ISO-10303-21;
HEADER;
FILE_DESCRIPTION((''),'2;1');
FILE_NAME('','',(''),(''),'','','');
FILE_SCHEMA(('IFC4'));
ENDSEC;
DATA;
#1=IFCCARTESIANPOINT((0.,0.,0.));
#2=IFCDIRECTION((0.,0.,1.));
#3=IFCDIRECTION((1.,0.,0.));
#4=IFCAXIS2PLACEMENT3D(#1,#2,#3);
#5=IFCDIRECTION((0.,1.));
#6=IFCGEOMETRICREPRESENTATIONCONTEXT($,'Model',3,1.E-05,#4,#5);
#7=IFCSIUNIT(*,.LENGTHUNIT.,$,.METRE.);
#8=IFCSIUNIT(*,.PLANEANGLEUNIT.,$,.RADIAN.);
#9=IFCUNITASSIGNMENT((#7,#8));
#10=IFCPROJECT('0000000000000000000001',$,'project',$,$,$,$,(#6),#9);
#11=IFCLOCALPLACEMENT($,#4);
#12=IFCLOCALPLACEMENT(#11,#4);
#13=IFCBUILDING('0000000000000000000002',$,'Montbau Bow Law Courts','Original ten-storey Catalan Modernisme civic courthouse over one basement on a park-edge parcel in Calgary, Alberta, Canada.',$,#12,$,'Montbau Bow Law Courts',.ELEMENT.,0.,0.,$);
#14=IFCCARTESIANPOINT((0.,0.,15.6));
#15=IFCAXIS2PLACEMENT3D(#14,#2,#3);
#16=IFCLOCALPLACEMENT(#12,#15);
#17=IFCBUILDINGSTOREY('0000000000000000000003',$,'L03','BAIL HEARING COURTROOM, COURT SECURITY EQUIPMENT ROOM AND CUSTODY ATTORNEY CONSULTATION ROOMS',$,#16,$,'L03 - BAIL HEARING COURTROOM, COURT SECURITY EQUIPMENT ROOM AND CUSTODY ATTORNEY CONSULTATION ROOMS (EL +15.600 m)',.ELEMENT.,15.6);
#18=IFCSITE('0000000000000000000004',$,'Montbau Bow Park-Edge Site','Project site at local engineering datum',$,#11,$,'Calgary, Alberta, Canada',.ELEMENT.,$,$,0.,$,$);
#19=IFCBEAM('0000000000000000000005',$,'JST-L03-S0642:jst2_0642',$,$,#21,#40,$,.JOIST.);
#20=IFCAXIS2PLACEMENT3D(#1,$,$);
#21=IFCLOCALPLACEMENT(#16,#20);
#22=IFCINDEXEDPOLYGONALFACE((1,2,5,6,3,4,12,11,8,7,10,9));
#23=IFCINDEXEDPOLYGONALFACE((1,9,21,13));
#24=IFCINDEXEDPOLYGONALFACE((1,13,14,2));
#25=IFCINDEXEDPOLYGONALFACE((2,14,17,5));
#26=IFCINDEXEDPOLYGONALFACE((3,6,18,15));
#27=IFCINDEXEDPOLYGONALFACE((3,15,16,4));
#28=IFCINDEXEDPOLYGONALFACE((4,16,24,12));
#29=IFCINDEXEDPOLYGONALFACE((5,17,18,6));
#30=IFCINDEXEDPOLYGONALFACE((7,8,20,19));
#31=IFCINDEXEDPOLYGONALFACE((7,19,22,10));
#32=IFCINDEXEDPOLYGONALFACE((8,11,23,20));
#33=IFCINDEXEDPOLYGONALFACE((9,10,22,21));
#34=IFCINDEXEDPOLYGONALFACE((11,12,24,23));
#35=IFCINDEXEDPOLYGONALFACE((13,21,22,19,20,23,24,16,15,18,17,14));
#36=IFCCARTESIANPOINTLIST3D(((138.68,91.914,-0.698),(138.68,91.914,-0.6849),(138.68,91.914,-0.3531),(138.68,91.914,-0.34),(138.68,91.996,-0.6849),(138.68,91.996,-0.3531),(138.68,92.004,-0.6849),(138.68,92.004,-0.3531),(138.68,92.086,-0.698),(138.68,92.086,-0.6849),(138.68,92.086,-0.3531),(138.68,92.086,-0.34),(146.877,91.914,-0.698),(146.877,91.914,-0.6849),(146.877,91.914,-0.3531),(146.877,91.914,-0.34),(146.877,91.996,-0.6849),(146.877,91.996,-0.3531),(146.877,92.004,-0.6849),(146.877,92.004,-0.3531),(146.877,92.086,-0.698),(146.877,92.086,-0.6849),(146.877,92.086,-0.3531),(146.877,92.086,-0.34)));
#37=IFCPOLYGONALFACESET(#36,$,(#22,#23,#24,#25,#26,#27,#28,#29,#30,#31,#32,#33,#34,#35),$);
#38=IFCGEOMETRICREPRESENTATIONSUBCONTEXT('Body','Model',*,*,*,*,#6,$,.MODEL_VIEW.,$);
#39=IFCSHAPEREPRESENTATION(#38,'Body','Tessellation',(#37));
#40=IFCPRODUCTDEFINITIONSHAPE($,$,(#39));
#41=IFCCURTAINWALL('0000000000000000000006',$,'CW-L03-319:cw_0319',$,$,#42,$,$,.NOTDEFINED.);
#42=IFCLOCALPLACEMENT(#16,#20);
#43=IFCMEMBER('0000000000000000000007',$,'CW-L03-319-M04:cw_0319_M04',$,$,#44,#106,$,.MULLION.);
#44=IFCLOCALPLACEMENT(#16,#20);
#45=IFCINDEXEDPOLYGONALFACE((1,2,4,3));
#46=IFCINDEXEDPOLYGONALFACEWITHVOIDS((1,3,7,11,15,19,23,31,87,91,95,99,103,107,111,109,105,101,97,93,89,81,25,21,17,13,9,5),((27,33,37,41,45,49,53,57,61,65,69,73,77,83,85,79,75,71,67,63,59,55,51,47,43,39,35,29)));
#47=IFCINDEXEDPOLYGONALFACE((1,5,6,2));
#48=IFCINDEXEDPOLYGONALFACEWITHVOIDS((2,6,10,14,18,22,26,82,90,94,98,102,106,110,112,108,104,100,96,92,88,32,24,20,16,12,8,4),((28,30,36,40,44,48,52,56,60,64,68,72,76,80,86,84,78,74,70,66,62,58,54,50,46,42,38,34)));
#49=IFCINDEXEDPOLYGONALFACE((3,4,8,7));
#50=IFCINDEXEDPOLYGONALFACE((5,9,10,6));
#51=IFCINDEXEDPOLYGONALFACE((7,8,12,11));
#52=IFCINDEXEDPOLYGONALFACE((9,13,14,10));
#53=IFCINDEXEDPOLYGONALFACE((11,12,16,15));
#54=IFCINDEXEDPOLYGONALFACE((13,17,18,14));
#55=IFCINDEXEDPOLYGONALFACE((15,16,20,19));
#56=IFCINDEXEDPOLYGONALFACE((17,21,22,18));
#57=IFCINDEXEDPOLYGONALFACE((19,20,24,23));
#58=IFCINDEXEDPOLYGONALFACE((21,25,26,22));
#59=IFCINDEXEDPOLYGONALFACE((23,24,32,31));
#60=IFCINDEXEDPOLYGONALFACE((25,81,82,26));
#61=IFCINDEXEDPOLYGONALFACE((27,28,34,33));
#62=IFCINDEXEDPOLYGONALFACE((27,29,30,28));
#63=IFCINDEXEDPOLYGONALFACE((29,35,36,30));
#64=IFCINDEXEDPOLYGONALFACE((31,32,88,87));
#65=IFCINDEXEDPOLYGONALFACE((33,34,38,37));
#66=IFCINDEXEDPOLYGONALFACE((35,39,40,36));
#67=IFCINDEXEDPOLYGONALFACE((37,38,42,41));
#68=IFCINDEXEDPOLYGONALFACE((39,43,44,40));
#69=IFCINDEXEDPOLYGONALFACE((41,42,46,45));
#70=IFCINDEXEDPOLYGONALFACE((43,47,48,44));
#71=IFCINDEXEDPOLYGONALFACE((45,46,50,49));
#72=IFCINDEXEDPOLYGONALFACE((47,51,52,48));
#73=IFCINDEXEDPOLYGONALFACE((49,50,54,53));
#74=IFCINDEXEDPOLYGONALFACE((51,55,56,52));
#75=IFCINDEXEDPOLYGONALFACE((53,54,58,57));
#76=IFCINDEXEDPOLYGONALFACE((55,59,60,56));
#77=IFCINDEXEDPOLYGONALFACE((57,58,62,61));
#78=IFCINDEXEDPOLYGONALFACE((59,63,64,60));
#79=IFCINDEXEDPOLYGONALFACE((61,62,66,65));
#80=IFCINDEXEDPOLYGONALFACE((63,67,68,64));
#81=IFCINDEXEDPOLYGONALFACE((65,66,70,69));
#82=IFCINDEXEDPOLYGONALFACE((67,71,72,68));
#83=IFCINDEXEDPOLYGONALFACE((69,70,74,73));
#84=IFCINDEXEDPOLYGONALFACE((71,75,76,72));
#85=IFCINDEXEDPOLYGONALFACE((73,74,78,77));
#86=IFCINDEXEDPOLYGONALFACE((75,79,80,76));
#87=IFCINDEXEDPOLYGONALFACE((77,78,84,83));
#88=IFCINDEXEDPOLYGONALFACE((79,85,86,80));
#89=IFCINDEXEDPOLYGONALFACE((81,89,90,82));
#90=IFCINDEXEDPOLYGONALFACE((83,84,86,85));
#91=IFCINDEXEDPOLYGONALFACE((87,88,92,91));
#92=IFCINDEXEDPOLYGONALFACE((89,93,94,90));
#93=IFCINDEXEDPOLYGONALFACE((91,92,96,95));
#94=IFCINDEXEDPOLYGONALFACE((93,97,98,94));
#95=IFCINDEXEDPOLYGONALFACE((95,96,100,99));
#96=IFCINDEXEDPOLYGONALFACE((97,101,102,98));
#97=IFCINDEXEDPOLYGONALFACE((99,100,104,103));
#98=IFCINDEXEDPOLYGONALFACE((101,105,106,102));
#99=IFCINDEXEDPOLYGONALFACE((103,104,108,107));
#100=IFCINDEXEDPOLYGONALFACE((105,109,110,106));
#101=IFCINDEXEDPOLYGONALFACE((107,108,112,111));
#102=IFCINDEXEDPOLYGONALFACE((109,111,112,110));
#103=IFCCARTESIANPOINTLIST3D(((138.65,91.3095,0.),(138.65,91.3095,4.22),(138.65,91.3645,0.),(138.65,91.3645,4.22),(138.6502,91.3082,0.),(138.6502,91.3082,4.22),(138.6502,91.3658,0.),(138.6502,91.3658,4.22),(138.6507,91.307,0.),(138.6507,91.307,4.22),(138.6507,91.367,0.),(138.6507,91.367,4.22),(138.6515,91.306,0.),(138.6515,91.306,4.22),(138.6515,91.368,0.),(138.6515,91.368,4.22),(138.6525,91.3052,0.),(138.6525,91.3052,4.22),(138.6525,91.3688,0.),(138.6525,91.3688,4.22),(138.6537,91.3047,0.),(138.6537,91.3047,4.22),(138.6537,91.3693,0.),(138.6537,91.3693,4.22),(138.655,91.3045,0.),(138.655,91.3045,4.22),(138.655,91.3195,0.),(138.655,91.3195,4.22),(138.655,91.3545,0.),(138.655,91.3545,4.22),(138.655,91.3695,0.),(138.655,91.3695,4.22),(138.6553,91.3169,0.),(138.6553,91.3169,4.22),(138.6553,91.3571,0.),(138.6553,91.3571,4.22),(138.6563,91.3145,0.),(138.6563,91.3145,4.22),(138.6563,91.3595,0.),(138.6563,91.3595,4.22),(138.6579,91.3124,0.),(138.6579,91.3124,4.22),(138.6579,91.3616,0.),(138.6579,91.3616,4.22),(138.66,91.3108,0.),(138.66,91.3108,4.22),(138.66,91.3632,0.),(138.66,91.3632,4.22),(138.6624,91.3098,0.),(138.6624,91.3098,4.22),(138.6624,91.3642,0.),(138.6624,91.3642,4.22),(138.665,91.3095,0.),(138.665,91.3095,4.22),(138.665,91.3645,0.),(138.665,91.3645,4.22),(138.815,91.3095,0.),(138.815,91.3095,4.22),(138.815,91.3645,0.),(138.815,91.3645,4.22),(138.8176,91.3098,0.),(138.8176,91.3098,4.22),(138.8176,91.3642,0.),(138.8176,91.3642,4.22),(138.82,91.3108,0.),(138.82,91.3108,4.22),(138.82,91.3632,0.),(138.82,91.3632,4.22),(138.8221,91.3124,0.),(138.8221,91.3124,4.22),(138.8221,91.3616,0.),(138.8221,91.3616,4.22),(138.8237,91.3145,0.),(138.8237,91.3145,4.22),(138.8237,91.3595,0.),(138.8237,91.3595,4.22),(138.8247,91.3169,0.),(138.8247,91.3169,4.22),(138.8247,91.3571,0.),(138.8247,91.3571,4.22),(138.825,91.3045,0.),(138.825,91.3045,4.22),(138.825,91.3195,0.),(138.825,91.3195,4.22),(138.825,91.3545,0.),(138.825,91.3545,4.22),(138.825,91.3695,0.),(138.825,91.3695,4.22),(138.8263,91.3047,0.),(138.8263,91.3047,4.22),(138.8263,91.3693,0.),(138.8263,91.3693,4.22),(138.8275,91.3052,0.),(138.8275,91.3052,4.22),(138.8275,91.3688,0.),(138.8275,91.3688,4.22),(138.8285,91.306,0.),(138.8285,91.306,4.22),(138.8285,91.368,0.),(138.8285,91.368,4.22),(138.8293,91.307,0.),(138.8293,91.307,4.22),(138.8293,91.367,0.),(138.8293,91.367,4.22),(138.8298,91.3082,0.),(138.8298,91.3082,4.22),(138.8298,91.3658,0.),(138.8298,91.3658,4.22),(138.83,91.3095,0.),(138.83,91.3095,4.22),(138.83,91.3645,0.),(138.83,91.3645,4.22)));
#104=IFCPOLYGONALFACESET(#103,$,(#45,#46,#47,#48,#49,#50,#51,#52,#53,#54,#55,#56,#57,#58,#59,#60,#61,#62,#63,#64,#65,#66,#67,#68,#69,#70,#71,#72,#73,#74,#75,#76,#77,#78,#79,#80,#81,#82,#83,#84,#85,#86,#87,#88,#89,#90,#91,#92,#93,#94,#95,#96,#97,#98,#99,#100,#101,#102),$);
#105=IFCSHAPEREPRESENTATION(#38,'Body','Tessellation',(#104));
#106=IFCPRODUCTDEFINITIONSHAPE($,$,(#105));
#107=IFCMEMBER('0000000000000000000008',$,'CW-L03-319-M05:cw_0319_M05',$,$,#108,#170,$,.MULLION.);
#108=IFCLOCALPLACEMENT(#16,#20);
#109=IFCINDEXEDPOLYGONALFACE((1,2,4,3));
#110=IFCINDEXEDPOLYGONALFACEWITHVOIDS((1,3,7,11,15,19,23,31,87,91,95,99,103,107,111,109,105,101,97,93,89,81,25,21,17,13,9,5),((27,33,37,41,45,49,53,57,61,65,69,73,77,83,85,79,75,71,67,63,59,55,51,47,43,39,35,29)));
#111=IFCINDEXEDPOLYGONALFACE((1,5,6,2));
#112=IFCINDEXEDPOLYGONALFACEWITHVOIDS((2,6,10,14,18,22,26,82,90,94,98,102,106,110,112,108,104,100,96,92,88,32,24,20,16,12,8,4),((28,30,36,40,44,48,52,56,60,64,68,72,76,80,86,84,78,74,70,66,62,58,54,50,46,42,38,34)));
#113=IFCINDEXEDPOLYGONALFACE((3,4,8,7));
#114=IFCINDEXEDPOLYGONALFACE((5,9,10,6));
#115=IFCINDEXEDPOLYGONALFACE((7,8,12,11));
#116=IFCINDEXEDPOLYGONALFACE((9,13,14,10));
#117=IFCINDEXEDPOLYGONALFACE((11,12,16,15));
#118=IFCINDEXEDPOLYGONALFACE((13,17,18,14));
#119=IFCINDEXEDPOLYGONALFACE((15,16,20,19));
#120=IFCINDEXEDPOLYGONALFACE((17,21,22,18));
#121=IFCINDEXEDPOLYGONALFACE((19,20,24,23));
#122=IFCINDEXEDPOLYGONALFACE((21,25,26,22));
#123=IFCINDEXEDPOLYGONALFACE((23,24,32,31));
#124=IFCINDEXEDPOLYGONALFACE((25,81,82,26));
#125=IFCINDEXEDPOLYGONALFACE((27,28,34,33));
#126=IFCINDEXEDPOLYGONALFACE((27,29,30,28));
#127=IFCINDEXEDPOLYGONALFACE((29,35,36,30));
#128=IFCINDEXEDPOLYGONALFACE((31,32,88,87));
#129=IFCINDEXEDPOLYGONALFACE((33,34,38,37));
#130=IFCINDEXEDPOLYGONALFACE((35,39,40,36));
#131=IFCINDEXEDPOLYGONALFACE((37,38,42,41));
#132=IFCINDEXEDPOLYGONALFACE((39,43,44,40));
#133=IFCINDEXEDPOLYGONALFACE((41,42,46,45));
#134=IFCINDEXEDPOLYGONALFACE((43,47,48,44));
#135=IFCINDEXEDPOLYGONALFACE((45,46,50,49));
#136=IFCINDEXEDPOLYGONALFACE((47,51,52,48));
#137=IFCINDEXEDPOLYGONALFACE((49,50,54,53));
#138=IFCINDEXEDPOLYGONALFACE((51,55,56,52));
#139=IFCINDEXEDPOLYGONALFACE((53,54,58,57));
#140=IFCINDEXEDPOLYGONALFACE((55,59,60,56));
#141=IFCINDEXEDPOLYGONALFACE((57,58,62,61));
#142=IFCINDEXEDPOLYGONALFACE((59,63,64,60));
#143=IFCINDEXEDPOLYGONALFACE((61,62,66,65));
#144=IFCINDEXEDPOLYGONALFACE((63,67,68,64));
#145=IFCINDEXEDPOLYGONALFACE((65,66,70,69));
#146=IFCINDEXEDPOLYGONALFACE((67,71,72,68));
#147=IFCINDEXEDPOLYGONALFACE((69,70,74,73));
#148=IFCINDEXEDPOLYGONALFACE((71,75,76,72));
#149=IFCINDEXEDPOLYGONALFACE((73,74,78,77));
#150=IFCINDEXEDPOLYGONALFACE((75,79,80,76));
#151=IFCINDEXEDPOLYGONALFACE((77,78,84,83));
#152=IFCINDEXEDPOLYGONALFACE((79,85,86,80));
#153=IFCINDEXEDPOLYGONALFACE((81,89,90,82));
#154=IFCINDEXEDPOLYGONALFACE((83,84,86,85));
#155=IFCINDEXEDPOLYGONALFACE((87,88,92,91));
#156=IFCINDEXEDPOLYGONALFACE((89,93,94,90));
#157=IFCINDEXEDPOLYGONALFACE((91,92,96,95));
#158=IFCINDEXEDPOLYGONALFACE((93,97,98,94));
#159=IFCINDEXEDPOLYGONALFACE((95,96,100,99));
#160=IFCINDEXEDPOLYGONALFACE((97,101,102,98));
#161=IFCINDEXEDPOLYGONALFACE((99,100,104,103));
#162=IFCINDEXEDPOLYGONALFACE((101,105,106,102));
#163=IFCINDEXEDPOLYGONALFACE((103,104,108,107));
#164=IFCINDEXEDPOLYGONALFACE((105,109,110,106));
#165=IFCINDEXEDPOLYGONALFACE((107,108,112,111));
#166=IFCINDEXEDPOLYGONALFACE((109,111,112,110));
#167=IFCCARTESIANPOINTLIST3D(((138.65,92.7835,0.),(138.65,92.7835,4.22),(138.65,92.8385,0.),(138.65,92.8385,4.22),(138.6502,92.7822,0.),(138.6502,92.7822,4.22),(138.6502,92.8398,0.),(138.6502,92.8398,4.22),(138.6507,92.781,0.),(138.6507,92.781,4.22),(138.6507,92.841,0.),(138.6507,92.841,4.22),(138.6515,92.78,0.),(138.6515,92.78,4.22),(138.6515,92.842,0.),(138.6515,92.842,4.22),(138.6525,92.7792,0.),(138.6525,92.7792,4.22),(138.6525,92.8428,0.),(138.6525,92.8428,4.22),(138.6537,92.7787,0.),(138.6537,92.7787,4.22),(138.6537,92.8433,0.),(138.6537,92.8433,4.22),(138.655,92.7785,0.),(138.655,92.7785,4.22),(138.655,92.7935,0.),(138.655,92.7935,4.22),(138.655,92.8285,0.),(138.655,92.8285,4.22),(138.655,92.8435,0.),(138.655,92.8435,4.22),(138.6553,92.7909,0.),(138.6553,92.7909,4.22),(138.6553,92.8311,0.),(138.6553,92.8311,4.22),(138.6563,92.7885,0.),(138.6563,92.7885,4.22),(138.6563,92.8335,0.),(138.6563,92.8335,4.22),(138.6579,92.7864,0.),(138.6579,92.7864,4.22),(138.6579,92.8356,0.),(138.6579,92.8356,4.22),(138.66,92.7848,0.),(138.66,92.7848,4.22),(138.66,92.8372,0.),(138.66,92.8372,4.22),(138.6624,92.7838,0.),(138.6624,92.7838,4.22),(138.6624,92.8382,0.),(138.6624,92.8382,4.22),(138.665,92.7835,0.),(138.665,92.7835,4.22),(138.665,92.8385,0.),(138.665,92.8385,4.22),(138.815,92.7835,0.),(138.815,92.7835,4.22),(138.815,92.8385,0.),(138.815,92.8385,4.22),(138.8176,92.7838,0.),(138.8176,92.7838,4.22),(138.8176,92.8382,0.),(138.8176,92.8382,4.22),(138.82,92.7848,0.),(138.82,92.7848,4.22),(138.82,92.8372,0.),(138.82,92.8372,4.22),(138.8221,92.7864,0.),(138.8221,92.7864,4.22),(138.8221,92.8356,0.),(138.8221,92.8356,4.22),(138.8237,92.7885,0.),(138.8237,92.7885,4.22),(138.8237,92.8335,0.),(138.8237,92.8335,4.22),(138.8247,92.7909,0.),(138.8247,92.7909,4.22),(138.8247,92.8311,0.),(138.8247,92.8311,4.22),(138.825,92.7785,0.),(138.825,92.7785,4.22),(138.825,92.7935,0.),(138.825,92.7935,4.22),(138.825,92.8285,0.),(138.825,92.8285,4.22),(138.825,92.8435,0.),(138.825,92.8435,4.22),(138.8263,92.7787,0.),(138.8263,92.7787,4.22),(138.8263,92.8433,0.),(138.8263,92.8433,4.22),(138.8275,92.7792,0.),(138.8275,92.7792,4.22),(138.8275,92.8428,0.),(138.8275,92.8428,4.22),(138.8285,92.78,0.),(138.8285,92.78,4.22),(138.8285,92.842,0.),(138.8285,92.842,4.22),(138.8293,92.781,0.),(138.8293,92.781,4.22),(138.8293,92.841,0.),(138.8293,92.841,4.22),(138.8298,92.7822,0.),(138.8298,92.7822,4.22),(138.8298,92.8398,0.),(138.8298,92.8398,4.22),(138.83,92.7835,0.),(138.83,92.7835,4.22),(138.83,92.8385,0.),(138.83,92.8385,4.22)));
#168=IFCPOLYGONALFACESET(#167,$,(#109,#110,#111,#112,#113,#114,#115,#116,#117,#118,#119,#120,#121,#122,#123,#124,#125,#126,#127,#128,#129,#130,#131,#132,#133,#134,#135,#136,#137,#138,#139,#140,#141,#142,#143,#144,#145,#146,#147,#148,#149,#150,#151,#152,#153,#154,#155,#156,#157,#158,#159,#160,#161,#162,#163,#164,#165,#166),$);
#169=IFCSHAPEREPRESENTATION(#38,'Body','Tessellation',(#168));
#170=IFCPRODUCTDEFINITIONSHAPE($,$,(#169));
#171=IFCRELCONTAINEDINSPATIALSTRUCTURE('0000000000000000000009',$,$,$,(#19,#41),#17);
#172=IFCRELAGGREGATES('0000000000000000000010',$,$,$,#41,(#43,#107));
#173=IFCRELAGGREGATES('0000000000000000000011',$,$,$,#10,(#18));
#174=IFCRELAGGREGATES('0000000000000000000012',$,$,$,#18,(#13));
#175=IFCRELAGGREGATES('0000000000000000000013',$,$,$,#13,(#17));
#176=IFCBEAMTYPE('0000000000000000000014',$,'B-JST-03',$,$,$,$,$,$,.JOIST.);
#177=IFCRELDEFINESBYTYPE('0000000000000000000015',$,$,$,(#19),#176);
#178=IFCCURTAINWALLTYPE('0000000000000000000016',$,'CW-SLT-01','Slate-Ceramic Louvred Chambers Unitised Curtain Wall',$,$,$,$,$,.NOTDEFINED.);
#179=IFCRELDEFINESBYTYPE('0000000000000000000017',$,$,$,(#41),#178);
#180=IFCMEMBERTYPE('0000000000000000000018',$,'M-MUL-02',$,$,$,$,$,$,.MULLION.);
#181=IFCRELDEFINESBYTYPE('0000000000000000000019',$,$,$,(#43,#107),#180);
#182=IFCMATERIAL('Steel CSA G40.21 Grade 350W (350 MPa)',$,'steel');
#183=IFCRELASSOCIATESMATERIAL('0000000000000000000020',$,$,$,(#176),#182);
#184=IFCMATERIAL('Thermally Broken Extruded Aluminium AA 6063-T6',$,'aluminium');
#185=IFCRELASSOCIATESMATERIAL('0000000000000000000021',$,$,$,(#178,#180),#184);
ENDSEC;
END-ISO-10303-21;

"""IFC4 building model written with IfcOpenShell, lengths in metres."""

from ifc_helpers import new_model, si_unit, direction, frame, origin_with_axes, origin_2d_with_axis, place, context, subcontext, project, spatial, hollow_rectangle, i_section, extrude, material, material_profile, profile_set, type_object, element, aggregate, save


model = new_model("IFC4")

# Units and contexts
model_context = context("Model", 3, precision=1e-05, world=origin_with_axes(), true_north=direction((0.0, 1.0)))
body_context = subcontext(model_context, "Body", "Model", "MODEL_VIEW")
ifc_project = project(units=[si_unit("LENGTHUNIT", "METRE"), si_unit("PLANEANGLEUNIT", "RADIAN")], contexts=[model_context])

# Site, building, storey
site_placement = place(None, origin_with_axes())
site = spatial("IfcSite", under=ifc_project, at=site_placement, Name="Montbau Bow Park-Edge Site", Description="Project site at local engineering datum", LongName="Calgary, Alberta, Canada", CompositionType="ELEMENT", RefElevation=0.0)
building_placement = place(site_placement, origin_with_axes())
building = spatial("IfcBuilding", under=site, at=building_placement, Name="Montbau Bow Law Courts", Description="Original ten-storey Catalan Modernisme civic courthouse over one basement on a park-edge parcel in Calgary, Alberta, Canada.", LongName="Montbau Bow Law Courts", CompositionType="ELEMENT", ElevationOfRefHeight=0.0, ElevationOfTerrain=0.0)
storey_placement = place(building_placement, frame((0.0, 0.0, 15.6), z_axis=(0.0, 0.0, 1.0), x_axis=(1.0, 0.0, 0.0)))
storey = spatial("IfcBuildingStorey", under=building, at=storey_placement, Name="L03", Description="BAIL HEARING COURTROOM, COURT SECURITY EQUIPMENT ROOM AND CUSTODY ATTORNEY CONSULTATION ROOMS", LongName="L03 - BAIL HEARING COURTROOM, COURT SECURITY EQUIPMENT ROOM AND CUSTODY ATTORNEY CONSULTATION ROOMS (EL +15.600 m)", CompositionType="ELEMENT", Elevation=15.6)

# Beam
ifc_material_1 = material(Name="Steel CSA G40.21 Grade 350W (350 MPa)", Category="steel")
ifc_material_profile_1 = material_profile(ifc_material_1, i_section(OverallWidth=0.172, OverallDepth=0.358, WebThickness=0.0079, FlangeThickness=0.0131, at=origin_2d_with_axis()), Name="W360X57", Category="Main", Priority=0)
ifc_profile_set_1 = profile_set([ifc_material_profile_1], Name="Steel CSA G40.21 Grade 350W (350 MPa)")
beam_type = type_object("IfcBeamType", Name="B-JST-03", PredefinedType="JOIST", material=ifc_profile_set_1)
beam_placement = place(None, frame((138.68, 92.0, 15.081), z_axis=(1.0, 0.0, 0.0), x_axis=(0.0, 1.0, 0.0)))
element("IfcBeam", 1, at=beam_placement, inside=storey, type_object=beam_type, Name="JST-L03-S0642:jst2_0642", PredefinedType="JOIST", context=body_context, shape_type="SweptSolid", body=[
    extrude(i_section(OverallWidth=0.172, OverallDepth=0.358, WebThickness=0.0079, FlangeThickness=0.0131, at=origin_2d_with_axis()), origin_with_axes(), (0.0, 0.0, 1.0), 8.197),
])

# Curtain wall, members
ifc_material_2 = material(Name="Thermally Broken Extruded Aluminium AA 6063-T6", Category="aluminium")
curtain_wall_type = type_object("IfcCurtainWallType", Name="CW-SLT-01", Description="Slate-Ceramic Louvred Chambers Unitised Curtain Wall", PredefinedType="NOTDEFINED", material=ifc_material_2)
curtain_wall_placement = place(None, frame((138.74, 86.915, 15.6), z_axis=(0.0, 0.0, 1.0), x_axis=(1.0, 0.0, 0.0)))
curtain_wall = element("IfcCurtainWall", 2, at=curtain_wall_placement, inside=storey, type_object=curtain_wall_type, Name="CW-L03-319:cw_0319", PredefinedType="NOTDEFINED")
ifc_material_profile_2 = material_profile(ifc_material_2, hollow_rectangle(XDim=0.065, YDim=0.18, WallThickness=0.005, InnerFilletRadius=0.01, OuterFilletRadius=0.005, at=origin_2d_with_axis()), Name="CWM-180X65", Category="Main", Priority=0)
ifc_profile_set_2 = profile_set([ifc_material_profile_2], Name="Thermally Broken Extruded Aluminium AA 6063-T6")
member_type_1 = type_object("IfcMemberType", Name="M-MUL-02", PredefinedType="MULLION", material=ifc_profile_set_2)
member_1_placement = place(None, frame((138.74, 91.337, 15.6), z_axis=(0.0, 0.0, 1.0), x_axis=(0.0, 1.0, 0.0)))
member_1 = element("IfcMember", 3, at=member_1_placement, type_object=member_type_1, Name="CW-L03-319-M04:cw_0319_M04", PredefinedType="MULLION", context=body_context, shape_type="SweptSolid", body=[
    extrude(hollow_rectangle(XDim=0.065, YDim=0.18, WallThickness=0.005, InnerFilletRadius=0.01, OuterFilletRadius=0.005, at=origin_2d_with_axis()), origin_with_axes(), (0.0, 0.0, 1.0), 4.22),
])
member_2_placement = place(None, frame((138.74, 92.811, 15.6), z_axis=(0.0, 0.0, 1.0), x_axis=(0.0, 1.0, 0.0)))
member_2 = element("IfcMember", 4, at=member_2_placement, type_object=member_type_1, Name="CW-L03-319-M05:cw_0319_M05", PredefinedType="MULLION", context=body_context, shape_type="SweptSolid", body=[
    extrude(hollow_rectangle(XDim=0.065, YDim=0.18, WallThickness=0.005, InnerFilletRadius=0.01, OuterFilletRadius=0.005, at=origin_2d_with_axis()), origin_with_axes(), (0.0, 0.0, 1.0), 4.22),
])
aggregate(curtain_wall, [member_1, member_2])

save(model, "model.ifc")
